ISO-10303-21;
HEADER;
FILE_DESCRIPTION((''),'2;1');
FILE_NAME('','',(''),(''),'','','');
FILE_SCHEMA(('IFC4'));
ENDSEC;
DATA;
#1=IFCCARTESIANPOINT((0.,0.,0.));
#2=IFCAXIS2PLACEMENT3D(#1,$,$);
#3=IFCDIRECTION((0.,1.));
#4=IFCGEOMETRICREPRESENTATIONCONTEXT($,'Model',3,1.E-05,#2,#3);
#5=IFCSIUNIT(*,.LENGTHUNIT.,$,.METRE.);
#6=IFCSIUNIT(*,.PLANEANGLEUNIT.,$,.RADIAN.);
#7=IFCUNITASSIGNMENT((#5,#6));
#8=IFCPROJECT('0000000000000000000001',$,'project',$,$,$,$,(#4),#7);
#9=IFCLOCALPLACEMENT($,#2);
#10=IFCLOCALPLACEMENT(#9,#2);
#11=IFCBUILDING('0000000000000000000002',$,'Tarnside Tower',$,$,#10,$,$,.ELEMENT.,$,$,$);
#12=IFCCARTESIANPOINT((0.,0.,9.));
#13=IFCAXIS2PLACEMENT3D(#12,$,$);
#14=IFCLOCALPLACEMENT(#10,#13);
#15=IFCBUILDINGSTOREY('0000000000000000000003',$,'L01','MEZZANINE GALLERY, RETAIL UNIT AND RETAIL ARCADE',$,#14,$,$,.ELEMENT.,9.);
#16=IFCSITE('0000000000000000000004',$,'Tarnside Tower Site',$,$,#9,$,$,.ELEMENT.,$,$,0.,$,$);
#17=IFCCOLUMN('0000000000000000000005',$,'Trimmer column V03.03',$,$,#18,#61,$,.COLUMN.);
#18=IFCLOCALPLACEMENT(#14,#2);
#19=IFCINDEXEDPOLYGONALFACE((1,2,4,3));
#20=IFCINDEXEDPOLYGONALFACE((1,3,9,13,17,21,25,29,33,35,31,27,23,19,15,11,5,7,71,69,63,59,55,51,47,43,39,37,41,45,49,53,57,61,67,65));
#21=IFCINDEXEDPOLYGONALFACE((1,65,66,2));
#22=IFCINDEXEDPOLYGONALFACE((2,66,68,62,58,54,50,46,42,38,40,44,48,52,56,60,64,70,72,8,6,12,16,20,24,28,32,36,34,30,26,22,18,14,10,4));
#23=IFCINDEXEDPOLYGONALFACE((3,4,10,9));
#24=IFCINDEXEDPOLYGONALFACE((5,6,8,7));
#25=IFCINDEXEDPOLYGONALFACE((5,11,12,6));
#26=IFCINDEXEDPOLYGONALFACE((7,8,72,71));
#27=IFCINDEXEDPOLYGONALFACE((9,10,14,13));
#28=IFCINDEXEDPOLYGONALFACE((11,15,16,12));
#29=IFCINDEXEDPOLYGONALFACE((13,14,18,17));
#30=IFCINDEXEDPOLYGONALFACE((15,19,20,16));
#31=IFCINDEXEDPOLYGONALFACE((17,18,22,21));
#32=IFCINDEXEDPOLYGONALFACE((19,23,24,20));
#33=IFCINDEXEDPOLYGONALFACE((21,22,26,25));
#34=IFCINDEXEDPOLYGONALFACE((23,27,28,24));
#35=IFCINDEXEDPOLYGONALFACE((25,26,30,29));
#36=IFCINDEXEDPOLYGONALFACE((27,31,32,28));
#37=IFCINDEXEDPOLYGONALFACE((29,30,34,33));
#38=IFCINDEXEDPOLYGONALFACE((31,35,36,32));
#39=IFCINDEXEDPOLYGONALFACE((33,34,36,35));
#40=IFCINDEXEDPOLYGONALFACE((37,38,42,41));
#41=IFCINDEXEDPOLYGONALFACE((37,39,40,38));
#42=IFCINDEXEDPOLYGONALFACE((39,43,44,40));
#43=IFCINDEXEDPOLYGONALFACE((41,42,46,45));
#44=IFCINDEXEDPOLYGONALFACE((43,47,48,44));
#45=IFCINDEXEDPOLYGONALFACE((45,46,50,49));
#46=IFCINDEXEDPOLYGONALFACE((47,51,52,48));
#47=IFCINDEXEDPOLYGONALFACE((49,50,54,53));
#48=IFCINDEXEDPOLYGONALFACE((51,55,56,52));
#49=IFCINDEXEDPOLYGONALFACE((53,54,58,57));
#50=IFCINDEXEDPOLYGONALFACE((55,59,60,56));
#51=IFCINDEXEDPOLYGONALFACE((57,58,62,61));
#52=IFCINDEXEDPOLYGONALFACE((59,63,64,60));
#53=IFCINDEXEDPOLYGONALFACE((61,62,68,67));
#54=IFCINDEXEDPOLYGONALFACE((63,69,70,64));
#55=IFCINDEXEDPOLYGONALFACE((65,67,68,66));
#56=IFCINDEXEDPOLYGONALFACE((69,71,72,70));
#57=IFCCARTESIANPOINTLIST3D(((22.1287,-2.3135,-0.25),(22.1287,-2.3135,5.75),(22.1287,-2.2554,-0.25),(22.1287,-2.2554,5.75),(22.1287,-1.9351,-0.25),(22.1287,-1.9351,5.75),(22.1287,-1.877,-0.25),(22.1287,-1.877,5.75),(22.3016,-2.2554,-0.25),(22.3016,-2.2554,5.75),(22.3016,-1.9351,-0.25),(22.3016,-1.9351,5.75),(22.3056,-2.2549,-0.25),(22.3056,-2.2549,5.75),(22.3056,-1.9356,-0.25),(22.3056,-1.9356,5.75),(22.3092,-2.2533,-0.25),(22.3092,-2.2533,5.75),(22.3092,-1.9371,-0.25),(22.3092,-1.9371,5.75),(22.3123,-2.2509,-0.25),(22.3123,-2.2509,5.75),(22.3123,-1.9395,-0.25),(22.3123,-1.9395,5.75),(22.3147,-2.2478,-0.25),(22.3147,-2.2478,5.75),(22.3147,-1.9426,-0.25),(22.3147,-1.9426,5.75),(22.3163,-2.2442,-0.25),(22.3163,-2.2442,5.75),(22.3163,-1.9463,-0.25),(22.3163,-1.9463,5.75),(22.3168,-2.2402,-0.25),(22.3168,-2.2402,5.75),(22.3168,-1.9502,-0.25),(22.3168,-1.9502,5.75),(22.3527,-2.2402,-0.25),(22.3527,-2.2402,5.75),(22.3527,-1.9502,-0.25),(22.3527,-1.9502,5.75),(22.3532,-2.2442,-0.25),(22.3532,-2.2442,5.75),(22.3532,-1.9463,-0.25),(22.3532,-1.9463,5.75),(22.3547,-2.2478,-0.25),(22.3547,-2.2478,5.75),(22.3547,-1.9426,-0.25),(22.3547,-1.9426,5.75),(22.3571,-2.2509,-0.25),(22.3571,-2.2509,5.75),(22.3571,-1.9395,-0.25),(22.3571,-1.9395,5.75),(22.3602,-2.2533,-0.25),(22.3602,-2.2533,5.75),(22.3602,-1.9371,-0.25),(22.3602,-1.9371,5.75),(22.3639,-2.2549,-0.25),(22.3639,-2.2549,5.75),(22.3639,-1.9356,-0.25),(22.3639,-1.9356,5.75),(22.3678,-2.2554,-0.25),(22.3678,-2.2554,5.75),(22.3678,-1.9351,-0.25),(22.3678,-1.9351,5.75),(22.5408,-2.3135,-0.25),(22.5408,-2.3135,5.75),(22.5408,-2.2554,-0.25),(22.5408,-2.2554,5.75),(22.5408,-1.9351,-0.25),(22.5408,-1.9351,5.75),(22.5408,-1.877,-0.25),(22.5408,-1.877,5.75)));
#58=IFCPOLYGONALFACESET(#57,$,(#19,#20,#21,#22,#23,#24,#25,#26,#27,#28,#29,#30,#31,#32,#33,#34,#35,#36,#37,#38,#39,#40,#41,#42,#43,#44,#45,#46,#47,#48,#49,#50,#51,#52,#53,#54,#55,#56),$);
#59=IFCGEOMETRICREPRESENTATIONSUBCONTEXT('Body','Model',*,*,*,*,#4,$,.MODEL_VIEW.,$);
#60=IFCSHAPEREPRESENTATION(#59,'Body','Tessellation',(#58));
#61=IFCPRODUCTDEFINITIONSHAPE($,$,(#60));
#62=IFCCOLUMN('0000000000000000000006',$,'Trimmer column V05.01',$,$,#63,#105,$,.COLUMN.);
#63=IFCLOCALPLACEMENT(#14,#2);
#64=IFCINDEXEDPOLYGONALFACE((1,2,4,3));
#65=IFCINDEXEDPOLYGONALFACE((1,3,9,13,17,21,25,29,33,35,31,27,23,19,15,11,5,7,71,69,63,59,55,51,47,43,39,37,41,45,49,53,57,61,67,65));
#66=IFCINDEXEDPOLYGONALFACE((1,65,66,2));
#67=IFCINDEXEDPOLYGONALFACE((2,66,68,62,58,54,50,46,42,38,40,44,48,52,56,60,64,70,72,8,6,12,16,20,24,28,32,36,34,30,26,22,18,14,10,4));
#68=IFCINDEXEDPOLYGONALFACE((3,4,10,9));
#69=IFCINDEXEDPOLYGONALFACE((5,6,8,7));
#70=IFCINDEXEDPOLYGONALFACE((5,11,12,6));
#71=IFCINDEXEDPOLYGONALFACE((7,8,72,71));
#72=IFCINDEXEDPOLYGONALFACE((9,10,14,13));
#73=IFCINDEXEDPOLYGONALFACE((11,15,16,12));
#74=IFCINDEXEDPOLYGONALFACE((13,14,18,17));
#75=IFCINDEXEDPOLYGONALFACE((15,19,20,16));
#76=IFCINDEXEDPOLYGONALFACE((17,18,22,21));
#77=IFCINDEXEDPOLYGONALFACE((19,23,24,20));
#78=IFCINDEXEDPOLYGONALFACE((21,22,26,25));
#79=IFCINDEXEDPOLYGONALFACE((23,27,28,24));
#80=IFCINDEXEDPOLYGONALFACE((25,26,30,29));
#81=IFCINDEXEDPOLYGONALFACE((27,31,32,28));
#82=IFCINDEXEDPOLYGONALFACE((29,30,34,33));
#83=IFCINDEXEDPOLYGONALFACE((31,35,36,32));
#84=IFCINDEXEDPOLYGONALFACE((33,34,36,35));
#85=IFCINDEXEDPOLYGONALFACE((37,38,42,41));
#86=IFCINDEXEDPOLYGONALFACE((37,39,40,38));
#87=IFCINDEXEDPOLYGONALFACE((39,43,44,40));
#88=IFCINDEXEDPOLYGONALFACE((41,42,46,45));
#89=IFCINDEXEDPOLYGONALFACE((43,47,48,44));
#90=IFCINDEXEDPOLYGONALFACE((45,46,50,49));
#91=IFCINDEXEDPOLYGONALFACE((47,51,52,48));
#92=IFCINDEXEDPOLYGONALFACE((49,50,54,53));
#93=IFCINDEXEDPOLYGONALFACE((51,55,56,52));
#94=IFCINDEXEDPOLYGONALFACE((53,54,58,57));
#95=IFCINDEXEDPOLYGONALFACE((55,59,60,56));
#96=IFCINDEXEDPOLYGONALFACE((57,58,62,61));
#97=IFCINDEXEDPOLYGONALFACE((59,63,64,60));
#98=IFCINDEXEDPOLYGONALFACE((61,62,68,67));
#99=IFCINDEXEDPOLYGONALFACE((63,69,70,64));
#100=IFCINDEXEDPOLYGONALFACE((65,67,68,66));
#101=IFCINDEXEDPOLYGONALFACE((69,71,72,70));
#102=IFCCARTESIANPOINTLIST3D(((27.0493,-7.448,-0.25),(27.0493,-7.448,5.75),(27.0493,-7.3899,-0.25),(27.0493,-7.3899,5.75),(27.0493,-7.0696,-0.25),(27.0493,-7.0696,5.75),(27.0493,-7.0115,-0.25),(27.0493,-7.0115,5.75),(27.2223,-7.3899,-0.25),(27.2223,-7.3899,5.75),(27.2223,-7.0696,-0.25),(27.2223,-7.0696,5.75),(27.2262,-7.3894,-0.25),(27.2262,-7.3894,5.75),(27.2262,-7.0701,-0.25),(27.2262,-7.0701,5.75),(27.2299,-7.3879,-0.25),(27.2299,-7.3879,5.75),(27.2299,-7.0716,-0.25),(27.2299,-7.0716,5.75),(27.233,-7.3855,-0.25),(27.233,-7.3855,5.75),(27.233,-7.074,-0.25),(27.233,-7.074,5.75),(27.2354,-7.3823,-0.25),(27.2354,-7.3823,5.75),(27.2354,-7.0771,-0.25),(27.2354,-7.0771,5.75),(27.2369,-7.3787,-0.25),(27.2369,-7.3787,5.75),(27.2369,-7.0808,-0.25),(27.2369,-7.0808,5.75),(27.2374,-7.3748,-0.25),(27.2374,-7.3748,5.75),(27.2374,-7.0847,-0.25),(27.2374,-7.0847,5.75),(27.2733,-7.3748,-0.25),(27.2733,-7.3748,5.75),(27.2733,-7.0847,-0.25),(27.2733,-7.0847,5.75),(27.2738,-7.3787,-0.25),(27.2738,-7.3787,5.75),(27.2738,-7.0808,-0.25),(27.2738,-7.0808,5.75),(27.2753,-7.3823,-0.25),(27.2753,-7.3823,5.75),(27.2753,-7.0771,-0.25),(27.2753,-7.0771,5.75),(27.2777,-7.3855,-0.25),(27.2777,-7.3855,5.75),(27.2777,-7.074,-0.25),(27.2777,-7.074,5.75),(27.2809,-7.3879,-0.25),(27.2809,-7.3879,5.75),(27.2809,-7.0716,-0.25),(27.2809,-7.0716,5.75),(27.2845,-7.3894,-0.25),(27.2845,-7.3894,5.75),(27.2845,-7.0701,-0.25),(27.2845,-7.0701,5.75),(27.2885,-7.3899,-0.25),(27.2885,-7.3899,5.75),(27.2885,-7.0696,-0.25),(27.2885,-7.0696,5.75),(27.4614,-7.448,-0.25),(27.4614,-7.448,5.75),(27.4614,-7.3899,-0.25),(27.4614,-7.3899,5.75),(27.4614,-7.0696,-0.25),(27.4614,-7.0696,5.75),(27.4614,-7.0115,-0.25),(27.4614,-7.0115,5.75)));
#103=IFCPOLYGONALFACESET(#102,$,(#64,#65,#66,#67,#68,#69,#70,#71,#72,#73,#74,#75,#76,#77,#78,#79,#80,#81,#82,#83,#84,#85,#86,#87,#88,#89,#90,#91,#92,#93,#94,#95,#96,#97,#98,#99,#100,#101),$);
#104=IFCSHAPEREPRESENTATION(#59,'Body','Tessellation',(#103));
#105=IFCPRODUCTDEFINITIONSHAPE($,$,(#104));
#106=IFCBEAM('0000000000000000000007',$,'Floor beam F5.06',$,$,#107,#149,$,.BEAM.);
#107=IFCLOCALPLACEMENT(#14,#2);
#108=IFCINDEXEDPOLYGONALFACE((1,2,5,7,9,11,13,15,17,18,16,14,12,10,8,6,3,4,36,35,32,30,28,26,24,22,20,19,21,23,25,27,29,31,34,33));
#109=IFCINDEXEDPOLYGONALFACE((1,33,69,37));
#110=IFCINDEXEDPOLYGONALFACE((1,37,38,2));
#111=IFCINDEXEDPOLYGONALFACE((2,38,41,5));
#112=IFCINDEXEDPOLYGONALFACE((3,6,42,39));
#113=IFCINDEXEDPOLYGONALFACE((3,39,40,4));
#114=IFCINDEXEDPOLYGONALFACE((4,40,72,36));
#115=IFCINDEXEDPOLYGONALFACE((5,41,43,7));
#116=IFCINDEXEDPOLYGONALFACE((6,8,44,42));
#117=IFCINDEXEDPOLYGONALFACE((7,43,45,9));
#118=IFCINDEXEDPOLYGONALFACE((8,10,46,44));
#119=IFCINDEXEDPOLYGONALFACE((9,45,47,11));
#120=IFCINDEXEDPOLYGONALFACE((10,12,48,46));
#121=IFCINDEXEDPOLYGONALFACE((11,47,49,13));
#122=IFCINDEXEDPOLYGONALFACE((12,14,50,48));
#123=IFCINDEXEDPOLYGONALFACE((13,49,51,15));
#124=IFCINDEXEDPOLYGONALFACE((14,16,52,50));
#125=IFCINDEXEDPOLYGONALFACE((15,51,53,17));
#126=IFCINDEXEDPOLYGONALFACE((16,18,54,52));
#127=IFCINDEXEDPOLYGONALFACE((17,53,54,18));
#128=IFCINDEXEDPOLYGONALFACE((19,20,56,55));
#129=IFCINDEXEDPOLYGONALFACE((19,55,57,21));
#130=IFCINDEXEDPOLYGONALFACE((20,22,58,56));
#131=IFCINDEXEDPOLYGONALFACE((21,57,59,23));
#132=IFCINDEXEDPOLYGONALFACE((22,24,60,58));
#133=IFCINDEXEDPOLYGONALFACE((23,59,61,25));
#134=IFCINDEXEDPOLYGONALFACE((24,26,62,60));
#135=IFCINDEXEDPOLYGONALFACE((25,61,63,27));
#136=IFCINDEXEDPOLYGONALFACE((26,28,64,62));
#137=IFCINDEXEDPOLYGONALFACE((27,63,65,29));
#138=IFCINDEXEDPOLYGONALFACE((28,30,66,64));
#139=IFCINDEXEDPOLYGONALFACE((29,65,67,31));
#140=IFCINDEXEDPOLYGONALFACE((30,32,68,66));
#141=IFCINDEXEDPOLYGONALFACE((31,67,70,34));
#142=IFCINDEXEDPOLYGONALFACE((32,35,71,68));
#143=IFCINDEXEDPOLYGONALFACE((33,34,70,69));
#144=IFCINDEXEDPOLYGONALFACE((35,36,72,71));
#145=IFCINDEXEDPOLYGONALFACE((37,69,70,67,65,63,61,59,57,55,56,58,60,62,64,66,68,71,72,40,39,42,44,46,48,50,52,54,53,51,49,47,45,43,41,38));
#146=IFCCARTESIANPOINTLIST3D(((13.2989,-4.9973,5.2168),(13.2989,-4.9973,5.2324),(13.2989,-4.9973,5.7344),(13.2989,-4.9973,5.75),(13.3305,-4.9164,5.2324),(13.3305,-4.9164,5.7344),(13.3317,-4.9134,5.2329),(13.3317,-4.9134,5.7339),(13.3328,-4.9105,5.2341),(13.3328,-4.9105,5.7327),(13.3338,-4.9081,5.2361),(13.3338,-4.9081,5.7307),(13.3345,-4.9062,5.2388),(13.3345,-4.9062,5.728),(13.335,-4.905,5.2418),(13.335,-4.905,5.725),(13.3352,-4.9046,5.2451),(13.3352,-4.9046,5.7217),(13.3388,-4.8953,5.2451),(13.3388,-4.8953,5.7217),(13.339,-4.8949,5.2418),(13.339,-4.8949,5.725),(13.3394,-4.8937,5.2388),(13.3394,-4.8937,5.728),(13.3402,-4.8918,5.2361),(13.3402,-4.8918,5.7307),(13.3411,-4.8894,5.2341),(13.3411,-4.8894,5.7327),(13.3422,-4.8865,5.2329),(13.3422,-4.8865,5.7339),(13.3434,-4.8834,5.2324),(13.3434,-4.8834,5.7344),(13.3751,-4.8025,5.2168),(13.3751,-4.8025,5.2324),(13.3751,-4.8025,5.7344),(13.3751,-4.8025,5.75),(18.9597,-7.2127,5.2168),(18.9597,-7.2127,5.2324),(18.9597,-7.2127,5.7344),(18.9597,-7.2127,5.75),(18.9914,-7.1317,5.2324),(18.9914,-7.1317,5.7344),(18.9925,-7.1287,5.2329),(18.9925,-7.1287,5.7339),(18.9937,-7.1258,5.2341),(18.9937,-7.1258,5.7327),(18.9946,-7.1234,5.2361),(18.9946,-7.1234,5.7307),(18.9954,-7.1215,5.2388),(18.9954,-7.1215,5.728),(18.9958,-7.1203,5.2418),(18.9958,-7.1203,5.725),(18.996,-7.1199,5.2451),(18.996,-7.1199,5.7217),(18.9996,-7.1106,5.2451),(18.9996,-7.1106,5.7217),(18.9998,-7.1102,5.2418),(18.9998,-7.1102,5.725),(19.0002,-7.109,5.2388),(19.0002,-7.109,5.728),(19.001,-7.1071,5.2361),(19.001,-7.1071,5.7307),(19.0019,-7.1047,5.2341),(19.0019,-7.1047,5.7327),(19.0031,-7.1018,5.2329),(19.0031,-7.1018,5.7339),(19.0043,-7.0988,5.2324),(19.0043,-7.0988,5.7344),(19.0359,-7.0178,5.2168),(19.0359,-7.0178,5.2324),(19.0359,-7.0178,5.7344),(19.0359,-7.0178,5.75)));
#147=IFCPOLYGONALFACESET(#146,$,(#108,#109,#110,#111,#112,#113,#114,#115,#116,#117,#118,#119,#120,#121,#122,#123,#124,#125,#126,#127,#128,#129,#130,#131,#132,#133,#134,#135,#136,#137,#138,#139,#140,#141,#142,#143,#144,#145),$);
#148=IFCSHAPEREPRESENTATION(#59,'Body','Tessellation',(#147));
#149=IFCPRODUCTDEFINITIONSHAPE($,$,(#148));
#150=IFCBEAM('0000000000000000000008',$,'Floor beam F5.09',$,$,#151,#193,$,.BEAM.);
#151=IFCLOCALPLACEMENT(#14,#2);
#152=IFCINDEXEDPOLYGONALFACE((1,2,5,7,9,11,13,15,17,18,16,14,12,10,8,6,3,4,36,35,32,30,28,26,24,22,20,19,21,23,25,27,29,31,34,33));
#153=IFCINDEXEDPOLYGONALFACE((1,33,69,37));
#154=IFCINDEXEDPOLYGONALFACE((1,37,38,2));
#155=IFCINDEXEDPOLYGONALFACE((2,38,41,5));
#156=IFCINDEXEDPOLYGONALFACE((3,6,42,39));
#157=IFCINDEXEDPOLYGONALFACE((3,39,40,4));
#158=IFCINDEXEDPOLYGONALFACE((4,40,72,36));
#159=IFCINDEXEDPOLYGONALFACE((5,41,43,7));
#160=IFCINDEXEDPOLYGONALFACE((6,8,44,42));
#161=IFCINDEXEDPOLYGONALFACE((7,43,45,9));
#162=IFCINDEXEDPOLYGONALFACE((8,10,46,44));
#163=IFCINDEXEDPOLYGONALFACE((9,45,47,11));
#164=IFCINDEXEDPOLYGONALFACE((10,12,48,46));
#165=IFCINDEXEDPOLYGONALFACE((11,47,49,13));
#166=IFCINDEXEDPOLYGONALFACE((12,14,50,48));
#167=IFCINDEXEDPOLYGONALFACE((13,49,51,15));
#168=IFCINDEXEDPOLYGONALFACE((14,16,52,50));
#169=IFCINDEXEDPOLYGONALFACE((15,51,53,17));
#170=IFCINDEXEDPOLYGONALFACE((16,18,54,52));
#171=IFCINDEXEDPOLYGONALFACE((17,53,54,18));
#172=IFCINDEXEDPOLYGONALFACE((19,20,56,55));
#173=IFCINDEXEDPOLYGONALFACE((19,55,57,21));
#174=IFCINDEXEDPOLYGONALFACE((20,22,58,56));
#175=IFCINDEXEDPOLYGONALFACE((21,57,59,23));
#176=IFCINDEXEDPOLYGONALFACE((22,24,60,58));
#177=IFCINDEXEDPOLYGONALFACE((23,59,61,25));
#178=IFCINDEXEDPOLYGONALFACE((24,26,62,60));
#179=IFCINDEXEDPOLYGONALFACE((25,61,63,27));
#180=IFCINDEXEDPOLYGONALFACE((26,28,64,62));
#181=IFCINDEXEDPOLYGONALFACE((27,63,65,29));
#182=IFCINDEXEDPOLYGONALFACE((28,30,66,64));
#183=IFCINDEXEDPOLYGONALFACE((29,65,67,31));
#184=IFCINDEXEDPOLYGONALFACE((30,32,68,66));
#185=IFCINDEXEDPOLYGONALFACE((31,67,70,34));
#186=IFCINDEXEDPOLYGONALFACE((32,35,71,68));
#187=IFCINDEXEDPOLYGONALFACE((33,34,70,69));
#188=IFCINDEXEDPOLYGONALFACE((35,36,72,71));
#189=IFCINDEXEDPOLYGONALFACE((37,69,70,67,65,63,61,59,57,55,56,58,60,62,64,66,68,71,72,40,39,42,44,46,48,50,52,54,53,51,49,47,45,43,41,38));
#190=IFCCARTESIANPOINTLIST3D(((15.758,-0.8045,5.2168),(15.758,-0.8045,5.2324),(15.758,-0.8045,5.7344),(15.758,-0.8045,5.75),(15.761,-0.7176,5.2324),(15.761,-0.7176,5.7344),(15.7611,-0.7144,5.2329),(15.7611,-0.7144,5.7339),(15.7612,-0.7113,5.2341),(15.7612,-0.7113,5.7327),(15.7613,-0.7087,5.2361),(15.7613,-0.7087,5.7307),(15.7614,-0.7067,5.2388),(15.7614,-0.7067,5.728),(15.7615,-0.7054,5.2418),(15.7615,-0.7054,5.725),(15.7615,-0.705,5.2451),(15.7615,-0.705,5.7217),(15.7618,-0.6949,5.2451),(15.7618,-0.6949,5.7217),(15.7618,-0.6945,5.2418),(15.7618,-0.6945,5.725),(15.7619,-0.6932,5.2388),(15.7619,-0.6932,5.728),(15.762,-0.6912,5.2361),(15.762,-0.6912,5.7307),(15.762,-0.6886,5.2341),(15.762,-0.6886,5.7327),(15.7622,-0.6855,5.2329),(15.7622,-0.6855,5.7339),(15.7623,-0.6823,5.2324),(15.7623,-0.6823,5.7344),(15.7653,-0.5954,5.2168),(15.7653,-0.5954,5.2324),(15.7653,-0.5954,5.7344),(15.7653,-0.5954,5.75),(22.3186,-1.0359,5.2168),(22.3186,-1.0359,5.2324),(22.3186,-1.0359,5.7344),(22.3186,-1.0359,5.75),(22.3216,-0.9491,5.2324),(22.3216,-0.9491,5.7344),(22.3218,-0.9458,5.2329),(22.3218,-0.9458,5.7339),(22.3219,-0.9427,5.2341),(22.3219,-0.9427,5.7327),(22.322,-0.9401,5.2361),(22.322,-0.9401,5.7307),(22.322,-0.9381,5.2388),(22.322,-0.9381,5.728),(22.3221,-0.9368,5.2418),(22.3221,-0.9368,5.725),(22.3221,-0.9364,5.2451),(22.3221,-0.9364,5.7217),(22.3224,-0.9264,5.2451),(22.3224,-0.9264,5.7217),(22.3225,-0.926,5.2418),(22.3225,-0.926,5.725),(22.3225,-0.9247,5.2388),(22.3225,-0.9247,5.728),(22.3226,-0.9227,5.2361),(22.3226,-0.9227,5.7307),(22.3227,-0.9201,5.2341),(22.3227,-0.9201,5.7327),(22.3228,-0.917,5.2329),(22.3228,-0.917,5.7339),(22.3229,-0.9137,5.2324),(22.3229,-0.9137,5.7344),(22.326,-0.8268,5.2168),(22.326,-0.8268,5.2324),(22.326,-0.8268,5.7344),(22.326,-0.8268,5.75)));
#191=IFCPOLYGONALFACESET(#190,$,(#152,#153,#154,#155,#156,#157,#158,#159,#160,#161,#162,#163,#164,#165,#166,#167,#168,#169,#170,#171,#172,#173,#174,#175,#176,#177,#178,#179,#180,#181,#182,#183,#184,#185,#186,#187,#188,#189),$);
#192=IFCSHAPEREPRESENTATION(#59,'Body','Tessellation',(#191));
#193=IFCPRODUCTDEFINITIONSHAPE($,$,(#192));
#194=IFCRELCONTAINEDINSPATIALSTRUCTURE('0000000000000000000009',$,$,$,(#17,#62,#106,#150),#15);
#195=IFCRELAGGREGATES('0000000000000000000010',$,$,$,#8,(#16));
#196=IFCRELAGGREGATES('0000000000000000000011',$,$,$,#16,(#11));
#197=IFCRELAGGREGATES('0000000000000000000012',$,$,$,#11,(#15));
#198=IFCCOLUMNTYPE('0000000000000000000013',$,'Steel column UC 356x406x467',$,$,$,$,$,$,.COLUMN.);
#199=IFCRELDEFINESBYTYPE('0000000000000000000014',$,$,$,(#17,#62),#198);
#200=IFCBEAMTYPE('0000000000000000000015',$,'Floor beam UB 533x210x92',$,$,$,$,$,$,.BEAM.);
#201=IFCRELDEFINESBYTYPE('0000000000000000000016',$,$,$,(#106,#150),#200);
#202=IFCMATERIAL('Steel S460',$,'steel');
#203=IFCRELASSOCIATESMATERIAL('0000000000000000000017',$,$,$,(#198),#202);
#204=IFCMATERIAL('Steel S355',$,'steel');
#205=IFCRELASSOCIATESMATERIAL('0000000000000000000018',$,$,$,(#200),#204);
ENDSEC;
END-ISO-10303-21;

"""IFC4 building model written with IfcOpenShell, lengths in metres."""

from ifc_helpers import new_model, si_unit, direction, frame, origin, origin_2d, place, context, subcontext, project, spatial, i_section, extrude, material, material_profile, profile_set, type_object, element, save


model = new_model("IFC4")

# Units and contexts
model_context = context("Model", 3, precision=1e-05, world=origin(), true_north=direction((0.0, 1.0)))
body_context = subcontext(model_context, "Body", "Model", "MODEL_VIEW")
ifc_project = project(units=[si_unit("LENGTHUNIT", "METRE"), si_unit("PLANEANGLEUNIT", "RADIAN")], contexts=[model_context])

# Site, building, storey
site_placement = place(None, origin())
site = spatial("IfcSite", under=ifc_project, at=site_placement, Name="Tarnside Tower Site", CompositionType="ELEMENT", RefElevation=0.0)
building_placement = place(site_placement, origin())
building = spatial("IfcBuilding", under=site, at=building_placement, Name="Tarnside Tower", CompositionType="ELEMENT")
storey_placement = place(building_placement, frame((0.0, 0.0, 9.0)))
storey = spatial("IfcBuildingStorey", under=building, at=storey_placement, Name="L01", Description="MEZZANINE GALLERY, RETAIL UNIT AND RETAIL ARCADE", CompositionType="ELEMENT", Elevation=9.0)

# Columns
ifc_material_1 = material(Name="Steel S460", Category="steel")
ifc_material_profile_1 = material_profile(ifc_material_1, i_section(OverallWidth=0.4121, OverallDepth=0.4365, WebThickness=0.0359, FlangeThickness=0.0581, FilletRadius=0.0151, at=origin_2d()), Name="UC 356x406x467")
ifc_profile_set_1 = profile_set([ifc_material_profile_1], Name="Steel S460")
column_type = type_object("IfcColumnType", Name="Steel column UC 356x406x467", PredefinedType="COLUMN", material=ifc_profile_set_1)
for number, where, z_axis, x_axis, name in (
    (1, (22.3347, -2.0952, -0.25), (0.0, 0.0, 1.0), (1.0, 0.0, 0.0), "Trimmer column V03.03"),
    (2, (27.2554, -7.2297, -0.25), (0.0, 0.0, 1.0), (1.0, 0.0, 0.0), "Trimmer column V05.01"),
):
    element("IfcColumn", number, at=place(storey_placement, frame(where, z_axis=z_axis, x_axis=x_axis)), inside=storey, type_object=column_type, Name=name, PredefinedType="COLUMN", context=body_context, shape_type="SweptSolid", body=[
        extrude(i_section(OverallWidth=0.4121, OverallDepth=0.4365, WebThickness=0.0359, FlangeThickness=0.0581, FilletRadius=0.0151, at=origin_2d()), origin(), (0.0, 0.0, 1.0), 6.0),
    ])

# Beams
ifc_material_2 = material(Name="Steel S355", Category="steel")
ifc_material_profile_2 = material_profile(ifc_material_2, i_section(OverallWidth=0.2092, OverallDepth=0.5332, WebThickness=0.01, FlangeThickness=0.0156, FilletRadius=0.0127, at=origin_2d()), Name="UB 533x210x92")
ifc_profile_set_2 = profile_set([ifc_material_profile_2], Name="Steel S355")
beam_type_1 = type_object("IfcBeamType", Name="Floor beam UB 533x210x92", PredefinedType="BEAM", material=ifc_profile_set_2)
beam_1_placement = place(storey_placement, frame((18.9978, -7.1152, 5.4834), z_axis=(-0.931232, 0.364428, 0.0), x_axis=(-0.364428, -0.931232, 0.0)))
element("IfcBeam", 3, at=beam_1_placement, inside=storey, type_object=beam_type_1, Name="Floor beam F5.06", PredefinedType="BEAM", context=body_context, shape_type="SweptSolid", body=[
    extrude(i_section(OverallWidth=0.2092, OverallDepth=0.5332, WebThickness=0.01, FlangeThickness=0.0156, FilletRadius=0.0127, at=origin_2d()), origin(), (0.0, 0.0, 1.0), 6.0789),
])
beam_2_placement = place(storey_placement, frame((22.3223, -0.9314, 5.4834), z_axis=(-0.999378, 0.035256, 0.0), x_axis=(-0.035256, -0.999378, 0.0)))
element("IfcBeam", 4, at=beam_2_placement, inside=storey, type_object=beam_type_1, Name="Floor beam F5.09", PredefinedType="BEAM", context=body_context, shape_type="SweptSolid", body=[
    extrude(i_section(OverallWidth=0.2092, OverallDepth=0.5332, WebThickness=0.01, FlangeThickness=0.0156, FilletRadius=0.0127, at=origin_2d()), origin(), (0.0, 0.0, 1.0), 6.5647),
])

save(model, "model.ifc")
